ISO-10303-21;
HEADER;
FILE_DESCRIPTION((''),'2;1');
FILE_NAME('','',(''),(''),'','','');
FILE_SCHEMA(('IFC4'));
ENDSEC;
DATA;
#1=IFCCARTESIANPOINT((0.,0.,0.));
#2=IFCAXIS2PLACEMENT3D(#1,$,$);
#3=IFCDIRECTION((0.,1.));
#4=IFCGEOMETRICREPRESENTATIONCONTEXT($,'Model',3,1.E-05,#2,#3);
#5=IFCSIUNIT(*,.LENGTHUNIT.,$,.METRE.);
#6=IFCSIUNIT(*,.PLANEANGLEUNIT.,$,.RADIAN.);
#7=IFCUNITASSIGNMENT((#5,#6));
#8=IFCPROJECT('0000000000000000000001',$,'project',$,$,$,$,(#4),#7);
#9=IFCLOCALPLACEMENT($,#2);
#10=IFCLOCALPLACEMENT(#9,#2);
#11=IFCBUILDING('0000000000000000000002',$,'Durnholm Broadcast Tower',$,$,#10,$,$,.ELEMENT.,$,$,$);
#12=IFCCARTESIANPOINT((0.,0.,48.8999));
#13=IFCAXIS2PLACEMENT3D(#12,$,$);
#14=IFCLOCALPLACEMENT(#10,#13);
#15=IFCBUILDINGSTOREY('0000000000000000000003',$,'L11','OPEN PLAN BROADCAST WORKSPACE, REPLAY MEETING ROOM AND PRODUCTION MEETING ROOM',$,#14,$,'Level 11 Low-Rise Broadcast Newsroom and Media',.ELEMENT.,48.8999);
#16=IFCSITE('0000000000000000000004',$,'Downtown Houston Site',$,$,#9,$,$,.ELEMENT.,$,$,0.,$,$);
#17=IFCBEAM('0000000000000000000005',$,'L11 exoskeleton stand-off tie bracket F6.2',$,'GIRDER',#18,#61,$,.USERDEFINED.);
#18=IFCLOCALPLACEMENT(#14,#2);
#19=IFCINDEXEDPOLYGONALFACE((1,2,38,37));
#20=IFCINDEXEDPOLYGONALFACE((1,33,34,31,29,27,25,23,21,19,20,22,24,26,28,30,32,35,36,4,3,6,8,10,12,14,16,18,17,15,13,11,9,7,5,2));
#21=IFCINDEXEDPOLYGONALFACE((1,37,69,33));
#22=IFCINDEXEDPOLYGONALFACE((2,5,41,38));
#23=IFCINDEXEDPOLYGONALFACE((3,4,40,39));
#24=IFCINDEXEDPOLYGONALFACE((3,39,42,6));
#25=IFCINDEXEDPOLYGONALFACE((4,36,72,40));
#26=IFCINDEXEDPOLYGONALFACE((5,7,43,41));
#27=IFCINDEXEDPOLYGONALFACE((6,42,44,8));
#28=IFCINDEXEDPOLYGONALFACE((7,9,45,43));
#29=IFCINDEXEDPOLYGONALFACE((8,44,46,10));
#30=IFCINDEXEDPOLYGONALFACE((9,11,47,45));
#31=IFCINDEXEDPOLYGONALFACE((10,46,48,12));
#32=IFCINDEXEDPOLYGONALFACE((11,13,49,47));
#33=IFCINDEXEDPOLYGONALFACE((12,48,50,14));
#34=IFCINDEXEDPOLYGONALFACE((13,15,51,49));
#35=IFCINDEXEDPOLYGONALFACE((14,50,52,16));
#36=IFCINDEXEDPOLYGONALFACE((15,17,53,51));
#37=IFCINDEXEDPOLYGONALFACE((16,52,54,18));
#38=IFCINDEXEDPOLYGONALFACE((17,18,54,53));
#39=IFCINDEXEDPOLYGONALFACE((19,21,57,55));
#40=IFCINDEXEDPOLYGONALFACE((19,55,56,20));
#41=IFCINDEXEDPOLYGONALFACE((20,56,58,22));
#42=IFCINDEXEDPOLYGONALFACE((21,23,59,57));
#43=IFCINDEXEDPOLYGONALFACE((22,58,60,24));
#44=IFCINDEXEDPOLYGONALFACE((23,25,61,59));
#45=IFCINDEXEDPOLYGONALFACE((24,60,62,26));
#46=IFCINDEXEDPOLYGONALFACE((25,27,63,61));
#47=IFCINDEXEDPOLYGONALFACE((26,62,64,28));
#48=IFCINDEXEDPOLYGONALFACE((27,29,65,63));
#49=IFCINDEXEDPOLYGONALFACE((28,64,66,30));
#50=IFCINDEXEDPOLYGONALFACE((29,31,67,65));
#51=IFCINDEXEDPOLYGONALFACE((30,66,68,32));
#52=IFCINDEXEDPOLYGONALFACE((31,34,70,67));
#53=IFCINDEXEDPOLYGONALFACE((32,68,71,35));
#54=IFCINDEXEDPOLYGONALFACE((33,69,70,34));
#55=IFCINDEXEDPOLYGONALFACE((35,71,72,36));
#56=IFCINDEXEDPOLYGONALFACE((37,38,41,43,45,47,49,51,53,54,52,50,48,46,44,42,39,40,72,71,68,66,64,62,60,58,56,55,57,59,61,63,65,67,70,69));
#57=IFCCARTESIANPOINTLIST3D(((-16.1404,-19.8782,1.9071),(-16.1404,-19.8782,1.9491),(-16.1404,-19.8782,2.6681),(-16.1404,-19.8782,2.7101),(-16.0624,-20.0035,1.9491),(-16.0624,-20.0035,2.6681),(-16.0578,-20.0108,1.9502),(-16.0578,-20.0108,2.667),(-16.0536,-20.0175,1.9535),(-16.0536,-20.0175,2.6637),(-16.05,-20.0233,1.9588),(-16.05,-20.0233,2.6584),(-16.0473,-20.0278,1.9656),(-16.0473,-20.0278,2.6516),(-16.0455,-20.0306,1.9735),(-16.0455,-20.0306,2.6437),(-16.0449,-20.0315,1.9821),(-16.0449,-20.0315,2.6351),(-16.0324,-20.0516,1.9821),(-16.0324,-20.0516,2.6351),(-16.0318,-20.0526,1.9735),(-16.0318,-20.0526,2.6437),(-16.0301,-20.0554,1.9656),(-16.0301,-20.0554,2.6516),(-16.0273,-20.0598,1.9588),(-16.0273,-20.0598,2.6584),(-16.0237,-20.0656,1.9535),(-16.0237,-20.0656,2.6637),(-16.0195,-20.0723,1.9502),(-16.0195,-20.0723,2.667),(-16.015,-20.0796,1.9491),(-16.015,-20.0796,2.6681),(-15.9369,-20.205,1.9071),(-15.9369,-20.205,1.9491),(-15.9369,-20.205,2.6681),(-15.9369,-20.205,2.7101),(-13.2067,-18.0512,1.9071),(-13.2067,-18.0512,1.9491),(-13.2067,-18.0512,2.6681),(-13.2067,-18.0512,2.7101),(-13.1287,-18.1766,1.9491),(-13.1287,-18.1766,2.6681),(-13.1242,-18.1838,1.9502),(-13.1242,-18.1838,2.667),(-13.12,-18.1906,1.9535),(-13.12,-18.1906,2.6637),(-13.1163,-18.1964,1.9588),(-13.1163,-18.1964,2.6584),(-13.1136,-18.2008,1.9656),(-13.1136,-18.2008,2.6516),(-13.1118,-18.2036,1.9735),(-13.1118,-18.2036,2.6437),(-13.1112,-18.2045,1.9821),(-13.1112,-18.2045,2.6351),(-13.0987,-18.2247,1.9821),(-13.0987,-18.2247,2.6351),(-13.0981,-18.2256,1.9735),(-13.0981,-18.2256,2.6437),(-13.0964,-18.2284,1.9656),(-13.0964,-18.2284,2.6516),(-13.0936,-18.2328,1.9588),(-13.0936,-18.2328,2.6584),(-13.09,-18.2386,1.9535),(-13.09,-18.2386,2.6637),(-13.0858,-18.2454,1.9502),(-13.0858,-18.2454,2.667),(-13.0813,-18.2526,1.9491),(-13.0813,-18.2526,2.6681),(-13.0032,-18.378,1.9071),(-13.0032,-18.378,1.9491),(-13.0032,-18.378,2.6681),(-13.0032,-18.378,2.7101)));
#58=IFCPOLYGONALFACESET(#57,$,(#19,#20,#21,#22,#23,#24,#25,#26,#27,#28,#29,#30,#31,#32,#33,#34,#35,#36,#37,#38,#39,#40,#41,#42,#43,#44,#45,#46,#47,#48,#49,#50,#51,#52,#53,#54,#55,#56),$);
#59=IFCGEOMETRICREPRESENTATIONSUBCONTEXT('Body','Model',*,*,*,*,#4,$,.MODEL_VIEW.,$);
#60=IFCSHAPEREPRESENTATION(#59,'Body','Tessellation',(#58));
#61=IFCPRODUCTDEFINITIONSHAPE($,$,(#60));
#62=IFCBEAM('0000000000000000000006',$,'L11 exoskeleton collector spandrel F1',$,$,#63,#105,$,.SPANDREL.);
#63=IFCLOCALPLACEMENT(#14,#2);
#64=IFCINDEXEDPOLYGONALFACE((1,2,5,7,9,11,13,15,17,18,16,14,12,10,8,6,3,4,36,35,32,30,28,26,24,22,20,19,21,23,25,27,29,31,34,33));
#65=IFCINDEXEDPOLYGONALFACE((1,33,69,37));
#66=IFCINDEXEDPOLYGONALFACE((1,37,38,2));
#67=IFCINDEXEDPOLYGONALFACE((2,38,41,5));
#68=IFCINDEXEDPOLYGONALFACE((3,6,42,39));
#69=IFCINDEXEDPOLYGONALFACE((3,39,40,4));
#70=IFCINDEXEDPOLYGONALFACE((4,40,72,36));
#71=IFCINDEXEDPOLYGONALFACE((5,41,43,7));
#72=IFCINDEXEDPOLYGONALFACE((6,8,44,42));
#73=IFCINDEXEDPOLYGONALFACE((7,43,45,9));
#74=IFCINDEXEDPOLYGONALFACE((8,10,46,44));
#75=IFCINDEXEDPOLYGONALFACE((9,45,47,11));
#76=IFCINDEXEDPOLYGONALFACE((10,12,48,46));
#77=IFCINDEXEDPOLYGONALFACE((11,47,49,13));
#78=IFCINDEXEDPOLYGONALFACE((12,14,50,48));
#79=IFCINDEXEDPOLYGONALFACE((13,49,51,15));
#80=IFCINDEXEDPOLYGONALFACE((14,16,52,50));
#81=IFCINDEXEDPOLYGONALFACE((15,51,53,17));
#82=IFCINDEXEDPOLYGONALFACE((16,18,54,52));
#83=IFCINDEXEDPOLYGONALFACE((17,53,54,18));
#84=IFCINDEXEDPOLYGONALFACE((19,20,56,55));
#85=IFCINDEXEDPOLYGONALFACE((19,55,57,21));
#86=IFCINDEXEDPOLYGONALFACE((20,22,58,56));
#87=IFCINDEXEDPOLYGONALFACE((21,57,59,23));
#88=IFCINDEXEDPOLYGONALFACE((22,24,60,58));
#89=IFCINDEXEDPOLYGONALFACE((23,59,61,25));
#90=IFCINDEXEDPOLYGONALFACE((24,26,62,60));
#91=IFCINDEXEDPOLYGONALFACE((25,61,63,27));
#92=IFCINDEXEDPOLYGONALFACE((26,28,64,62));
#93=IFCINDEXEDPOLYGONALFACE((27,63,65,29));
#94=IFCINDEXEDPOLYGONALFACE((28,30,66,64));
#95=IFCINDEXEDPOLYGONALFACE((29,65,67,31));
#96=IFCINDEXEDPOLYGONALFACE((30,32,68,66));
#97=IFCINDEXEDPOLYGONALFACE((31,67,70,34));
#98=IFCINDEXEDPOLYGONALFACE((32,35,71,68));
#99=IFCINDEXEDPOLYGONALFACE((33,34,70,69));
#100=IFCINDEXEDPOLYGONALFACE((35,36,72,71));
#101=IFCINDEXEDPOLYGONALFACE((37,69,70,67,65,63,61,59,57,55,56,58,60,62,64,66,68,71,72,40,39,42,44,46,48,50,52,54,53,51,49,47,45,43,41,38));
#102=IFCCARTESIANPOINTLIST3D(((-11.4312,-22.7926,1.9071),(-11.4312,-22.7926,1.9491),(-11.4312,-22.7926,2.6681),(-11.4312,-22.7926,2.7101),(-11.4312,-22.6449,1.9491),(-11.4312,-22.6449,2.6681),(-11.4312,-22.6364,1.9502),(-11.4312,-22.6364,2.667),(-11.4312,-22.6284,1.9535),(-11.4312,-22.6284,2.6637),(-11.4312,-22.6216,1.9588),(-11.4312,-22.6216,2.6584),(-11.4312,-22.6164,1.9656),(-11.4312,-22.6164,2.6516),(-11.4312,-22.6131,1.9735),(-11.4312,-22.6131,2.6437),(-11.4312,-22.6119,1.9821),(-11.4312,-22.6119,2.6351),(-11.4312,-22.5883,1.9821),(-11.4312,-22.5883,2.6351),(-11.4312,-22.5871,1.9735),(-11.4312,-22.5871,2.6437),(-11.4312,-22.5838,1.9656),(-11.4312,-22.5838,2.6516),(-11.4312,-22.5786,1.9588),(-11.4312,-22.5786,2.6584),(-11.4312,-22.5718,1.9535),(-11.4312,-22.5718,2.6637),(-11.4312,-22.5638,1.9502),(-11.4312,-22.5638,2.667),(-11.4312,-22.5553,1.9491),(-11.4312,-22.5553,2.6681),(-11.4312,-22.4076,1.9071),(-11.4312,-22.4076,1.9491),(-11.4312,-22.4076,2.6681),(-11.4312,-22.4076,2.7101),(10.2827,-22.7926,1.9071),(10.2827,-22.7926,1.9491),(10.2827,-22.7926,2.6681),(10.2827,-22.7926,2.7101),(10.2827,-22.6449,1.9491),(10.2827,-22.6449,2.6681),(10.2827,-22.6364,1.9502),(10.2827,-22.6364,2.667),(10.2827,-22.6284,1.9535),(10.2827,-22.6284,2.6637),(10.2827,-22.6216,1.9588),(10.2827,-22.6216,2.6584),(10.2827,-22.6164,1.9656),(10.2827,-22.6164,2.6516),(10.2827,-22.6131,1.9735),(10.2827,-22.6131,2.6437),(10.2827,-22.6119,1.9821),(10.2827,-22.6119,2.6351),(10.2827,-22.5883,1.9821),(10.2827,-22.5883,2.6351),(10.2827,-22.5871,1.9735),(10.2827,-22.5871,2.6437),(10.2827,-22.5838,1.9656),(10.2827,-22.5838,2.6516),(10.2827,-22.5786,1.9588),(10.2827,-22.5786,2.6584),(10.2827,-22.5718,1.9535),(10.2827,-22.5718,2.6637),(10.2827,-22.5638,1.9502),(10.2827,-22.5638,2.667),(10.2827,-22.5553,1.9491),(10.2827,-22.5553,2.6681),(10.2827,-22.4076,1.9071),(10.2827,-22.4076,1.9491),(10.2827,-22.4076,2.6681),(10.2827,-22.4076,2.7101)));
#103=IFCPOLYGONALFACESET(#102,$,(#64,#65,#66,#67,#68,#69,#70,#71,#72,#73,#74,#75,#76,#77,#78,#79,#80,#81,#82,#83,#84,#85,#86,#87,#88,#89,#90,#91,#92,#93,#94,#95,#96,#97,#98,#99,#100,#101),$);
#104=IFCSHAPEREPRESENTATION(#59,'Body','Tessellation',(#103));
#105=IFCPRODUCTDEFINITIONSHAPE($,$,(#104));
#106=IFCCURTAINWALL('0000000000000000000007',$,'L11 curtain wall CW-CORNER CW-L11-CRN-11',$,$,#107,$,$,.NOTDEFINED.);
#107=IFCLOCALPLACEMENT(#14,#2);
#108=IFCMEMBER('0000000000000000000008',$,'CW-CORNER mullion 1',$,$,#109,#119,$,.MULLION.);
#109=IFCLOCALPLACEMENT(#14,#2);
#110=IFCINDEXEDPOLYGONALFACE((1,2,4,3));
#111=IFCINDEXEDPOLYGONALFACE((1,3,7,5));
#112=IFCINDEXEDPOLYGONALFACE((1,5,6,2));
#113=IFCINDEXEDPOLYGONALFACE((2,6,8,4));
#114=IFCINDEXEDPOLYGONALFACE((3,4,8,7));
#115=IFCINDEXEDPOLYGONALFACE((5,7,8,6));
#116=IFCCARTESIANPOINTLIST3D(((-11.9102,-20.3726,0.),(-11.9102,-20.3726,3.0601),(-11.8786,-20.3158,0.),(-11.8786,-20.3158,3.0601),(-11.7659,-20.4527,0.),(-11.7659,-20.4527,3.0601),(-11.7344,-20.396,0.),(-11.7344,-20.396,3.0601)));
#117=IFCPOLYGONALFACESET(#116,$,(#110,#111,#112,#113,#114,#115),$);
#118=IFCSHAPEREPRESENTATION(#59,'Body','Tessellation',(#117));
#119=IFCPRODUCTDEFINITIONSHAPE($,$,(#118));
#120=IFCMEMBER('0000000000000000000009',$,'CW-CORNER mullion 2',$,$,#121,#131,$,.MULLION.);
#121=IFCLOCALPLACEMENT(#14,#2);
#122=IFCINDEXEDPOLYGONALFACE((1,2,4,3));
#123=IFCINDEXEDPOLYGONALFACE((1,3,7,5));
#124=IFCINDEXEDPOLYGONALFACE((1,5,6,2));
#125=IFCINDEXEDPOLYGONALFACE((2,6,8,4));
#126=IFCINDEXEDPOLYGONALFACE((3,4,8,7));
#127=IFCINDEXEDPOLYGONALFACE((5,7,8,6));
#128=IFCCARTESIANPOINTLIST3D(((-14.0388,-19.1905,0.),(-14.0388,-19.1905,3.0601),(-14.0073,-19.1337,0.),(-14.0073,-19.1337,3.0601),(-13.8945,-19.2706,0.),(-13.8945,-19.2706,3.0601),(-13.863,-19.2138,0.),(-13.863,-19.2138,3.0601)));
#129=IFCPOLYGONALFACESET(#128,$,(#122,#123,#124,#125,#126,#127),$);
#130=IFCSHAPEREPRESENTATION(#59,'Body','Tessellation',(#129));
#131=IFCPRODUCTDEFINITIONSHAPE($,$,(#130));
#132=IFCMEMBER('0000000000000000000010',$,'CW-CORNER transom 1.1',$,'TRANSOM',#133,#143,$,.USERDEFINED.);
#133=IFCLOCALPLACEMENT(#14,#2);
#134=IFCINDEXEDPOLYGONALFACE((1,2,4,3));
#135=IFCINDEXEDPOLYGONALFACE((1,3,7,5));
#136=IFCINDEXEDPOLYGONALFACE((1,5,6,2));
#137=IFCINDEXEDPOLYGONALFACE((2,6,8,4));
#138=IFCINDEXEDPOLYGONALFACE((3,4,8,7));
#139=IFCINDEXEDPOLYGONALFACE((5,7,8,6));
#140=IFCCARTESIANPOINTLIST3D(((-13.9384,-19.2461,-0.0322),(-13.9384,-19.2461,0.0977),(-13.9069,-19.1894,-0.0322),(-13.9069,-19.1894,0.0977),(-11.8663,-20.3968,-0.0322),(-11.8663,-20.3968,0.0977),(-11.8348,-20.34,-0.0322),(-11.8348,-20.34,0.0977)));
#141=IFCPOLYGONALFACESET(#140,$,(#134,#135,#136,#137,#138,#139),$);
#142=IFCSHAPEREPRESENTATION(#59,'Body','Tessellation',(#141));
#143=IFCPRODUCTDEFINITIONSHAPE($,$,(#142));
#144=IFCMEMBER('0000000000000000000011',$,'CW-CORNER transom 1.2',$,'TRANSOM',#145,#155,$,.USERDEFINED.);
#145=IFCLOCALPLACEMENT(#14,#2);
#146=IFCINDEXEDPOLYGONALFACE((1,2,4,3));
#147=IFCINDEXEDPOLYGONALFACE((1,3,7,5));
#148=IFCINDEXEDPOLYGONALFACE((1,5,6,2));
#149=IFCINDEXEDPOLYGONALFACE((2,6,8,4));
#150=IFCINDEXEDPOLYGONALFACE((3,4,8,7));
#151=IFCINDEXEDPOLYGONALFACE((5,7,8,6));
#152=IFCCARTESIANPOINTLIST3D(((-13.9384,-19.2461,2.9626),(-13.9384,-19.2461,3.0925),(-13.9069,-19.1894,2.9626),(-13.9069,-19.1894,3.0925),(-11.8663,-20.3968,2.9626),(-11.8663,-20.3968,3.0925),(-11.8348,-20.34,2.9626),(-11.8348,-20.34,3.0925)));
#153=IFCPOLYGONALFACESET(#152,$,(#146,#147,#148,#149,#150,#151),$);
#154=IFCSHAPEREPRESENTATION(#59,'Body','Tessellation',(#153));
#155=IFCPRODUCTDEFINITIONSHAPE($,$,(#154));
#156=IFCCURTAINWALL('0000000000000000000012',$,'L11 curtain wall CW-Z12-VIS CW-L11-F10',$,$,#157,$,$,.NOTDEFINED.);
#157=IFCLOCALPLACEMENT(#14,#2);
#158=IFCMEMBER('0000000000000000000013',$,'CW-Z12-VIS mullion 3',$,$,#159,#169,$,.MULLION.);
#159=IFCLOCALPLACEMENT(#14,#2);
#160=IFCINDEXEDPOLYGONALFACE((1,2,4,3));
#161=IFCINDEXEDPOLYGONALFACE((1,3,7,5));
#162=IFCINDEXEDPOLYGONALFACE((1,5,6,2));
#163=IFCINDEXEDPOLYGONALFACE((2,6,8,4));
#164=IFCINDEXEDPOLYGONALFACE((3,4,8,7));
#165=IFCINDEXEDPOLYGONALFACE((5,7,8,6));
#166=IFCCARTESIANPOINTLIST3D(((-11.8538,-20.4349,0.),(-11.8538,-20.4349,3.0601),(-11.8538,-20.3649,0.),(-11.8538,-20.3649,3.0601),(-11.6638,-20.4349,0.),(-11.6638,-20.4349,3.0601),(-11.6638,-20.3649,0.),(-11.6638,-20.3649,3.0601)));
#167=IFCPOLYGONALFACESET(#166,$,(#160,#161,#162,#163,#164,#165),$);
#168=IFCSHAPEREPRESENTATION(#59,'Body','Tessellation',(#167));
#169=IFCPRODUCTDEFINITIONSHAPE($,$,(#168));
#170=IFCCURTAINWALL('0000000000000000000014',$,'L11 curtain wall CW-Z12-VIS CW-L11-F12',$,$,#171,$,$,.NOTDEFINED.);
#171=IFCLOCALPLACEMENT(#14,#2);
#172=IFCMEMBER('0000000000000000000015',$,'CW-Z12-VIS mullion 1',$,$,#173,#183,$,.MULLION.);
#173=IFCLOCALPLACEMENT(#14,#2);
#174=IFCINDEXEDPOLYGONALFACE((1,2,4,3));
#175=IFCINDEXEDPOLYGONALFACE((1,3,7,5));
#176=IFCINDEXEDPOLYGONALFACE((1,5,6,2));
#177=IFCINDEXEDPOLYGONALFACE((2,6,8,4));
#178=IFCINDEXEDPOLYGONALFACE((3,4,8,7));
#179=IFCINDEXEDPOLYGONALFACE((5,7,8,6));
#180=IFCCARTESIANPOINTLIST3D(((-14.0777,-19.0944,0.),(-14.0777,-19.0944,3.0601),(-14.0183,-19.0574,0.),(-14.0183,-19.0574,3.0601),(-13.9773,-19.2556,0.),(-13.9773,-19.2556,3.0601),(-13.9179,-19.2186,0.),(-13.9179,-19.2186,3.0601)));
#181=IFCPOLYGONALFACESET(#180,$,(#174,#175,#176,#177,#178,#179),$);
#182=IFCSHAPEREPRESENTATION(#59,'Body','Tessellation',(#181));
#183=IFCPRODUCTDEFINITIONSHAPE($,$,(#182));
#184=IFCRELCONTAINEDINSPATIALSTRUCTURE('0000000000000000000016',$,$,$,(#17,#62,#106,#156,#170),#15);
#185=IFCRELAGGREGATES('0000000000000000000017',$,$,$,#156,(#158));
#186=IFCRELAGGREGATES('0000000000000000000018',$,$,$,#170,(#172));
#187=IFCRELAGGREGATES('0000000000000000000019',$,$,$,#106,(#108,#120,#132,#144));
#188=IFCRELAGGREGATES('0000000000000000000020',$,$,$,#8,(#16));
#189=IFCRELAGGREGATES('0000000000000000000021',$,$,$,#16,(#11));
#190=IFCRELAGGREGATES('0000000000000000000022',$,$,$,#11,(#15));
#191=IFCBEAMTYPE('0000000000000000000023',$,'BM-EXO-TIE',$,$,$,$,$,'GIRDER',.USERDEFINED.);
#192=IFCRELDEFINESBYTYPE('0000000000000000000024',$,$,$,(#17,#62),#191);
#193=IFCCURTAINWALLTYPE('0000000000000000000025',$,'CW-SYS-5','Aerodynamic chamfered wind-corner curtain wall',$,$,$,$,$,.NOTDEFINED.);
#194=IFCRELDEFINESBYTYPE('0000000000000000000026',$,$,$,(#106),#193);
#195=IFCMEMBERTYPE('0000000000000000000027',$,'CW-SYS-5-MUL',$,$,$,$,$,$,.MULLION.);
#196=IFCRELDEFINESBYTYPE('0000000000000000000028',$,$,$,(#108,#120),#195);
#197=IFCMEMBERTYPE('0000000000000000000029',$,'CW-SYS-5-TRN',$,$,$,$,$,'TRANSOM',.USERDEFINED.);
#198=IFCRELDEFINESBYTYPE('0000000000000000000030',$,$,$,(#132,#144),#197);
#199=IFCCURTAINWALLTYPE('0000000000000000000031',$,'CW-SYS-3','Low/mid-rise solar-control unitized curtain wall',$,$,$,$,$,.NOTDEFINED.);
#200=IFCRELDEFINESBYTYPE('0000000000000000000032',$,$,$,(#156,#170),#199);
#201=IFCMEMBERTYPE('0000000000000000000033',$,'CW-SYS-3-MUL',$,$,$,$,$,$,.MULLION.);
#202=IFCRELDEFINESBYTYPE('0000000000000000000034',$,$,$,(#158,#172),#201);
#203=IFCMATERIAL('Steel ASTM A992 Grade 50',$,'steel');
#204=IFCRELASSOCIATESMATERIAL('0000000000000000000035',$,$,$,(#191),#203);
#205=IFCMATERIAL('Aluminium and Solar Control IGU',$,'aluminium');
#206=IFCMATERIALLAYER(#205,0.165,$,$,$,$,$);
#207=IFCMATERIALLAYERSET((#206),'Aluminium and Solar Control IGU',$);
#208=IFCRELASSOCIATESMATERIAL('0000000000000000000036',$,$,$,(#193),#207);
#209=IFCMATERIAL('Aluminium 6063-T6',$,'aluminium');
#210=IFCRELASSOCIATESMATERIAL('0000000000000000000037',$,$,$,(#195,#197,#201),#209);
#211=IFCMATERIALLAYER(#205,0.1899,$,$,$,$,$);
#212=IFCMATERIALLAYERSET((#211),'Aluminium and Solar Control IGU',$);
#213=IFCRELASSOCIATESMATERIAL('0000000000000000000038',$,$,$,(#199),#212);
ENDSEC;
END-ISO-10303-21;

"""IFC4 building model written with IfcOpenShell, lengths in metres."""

from ifc_helpers import new_model, si_unit, direction, frame, origin, origin_2d, place, context, subcontext, project, spatial, rectangle, i_section, extrude, source, transform, mapped, material, layer, layer_set, material_profile, profile_set, type_object, type_shapes, element, aggregate, save


model = new_model("IFC4")

# Units and contexts
model_context = context("Model", 3, precision=1e-05, world=origin(), true_north=direction((0.0, 1.0)))
body_context = subcontext(model_context, "Body", "Model", "MODEL_VIEW")
ifc_project = project(units=[si_unit("LENGTHUNIT", "METRE"), si_unit("PLANEANGLEUNIT", "RADIAN")], contexts=[model_context])

# Site, building, storey
site_placement = place(None, origin())
site = spatial("IfcSite", under=ifc_project, at=site_placement, Name="Downtown Houston Site", CompositionType="ELEMENT", RefElevation=0.0)
building_placement = place(site_placement, origin())
building = spatial("IfcBuilding", under=site, at=building_placement, Name="Durnholm Broadcast Tower", CompositionType="ELEMENT")
storey_placement = place(building_placement, frame((0.0, 0.0, 48.8999)))
storey = spatial("IfcBuildingStorey", under=building, at=storey_placement, Name="L11", Description="OPEN PLAN BROADCAST WORKSPACE, REPLAY MEETING ROOM AND PRODUCTION MEETING ROOM", LongName="Level 11 Low-Rise Broadcast Newsroom and Media", CompositionType="ELEMENT", Elevation=48.8999)

# Beams
ifc_material_1 = material(Name="Steel ASTM A992 Grade 50", Category="steel")
ifc_material_profile_1 = material_profile(ifc_material_1, i_section(OverallWidth=0.385, OverallDepth=0.803, WebThickness=0.0237, FlangeThickness=0.042, FilletRadius=0.033, at=origin_2d()), Name="W30X261")
ifc_profile_set_1 = profile_set([ifc_material_profile_1], Name="Steel ASTM A992 Grade 50")
beam_type_1 = type_object("IfcBeamType", Name="BM-EXO-TIE", ElementType="GIRDER", PredefinedType="USERDEFINED", material=ifc_profile_set_1)
shared_shape_1 = source(origin(), body_context, "Body", "SweptSolid", [
    extrude(i_section(OverallWidth=0.385, OverallDepth=0.803, WebThickness=0.0237, FlangeThickness=0.042, FilletRadius=0.033, at=origin_2d()), origin(), (0.0, 0.0, 1.0), 3.4561),
])
for number, where, z_axis, x_axis, name in (
    (1, (-13.105, -18.2146, 2.3086), (-0.848854, -0.528627, 0.0), (0.528627, -0.848854, 0.0), "L11 exoskeleton stand-off tie bracket F6.2"),
):
    element("IfcBeam", number, at=place(storey_placement, frame(where, z_axis=z_axis, x_axis=x_axis)), inside=storey, type_object=beam_type_1, Name=name, ObjectType="GIRDER", PredefinedType="USERDEFINED", context=body_context, shape_type="MappedRepresentation", body=[
        mapped(shared_shape_1, transform((0.0, 0.0, 0.0), x_axis=(1.0, 0.0, 0.0), y_axis=(0.0, 1.0, 0.0), z_axis=(0.0, 0.0, 1.0), scale=1.0)),
    ])
shared_shape_2 = source(origin(), body_context, "Body", "SweptSolid", [
    extrude(i_section(OverallWidth=0.385, OverallDepth=0.803, WebThickness=0.0237, FlangeThickness=0.042, FilletRadius=0.033, at=origin_2d()), origin(), (0.0, 0.0, 1.0), 21.7139),
])
type_shapes(beam_type_1, [shared_shape_1, shared_shape_2])
beam_1_placement = place(storey_placement, frame((-11.4312, -22.6001, 2.3086), z_axis=(1.0, 0.0, 0.0), x_axis=(0.0, 1.0, 0.0)))
element("IfcBeam", 2, at=beam_1_placement, inside=storey, type_object=beam_type_1, Name="L11 exoskeleton collector spandrel F1", PredefinedType="SPANDREL", context=body_context, shape_type="MappedRepresentation", body=[
    mapped(shared_shape_2, transform((0.0, 0.0, 0.0), x_axis=(1.0, 0.0, 0.0), y_axis=(0.0, 1.0, 0.0), z_axis=(0.0, 0.0, 1.0), scale=1.0)),
])

# Curtain wall, members
ifc_material_2 = material(Name="Aluminium and Solar Control IGU", Category="aluminium")
ifc_layer_1 = layer(ifc_material_2, 0.165)
ifc_layer_set_1 = layer_set([ifc_layer_1], Name="Aluminium and Solar Control IGU")
curtain_wall_type_1 = type_object("IfcCurtainWallType", Name="CW-SYS-5", Description="Aerodynamic chamfered wind-corner curtain wall", PredefinedType="NOTDEFINED", material=ifc_layer_set_1)
curtain_wall_1_placement = place(storey_placement, origin())
curtain_wall_1 = element("IfcCurtainWall", 3, at=curtain_wall_1_placement, inside=storey, type_object=curtain_wall_type_1, Name="L11 curtain wall CW-CORNER CW-L11-CRN-11", PredefinedType="NOTDEFINED")
ifc_material_3 = material(Name="Aluminium 6063-T6", Category="aluminium")
ifc_material_profile_2 = material_profile(ifc_material_3, rectangle(XDim=0.0649, YDim=0.165, at=origin_2d()), Name="CWM65X165")
ifc_profile_set_2 = profile_set([ifc_material_profile_2], Name="Aluminium 6063-T6")
member_type_1 = type_object("IfcMemberType", Name="CW-SYS-5-MUL", PredefinedType="MULLION", material=ifc_profile_set_2)
shared_shape_3 = source(origin(), body_context, "Body", "SweptSolid", [
    extrude(rectangle(XDim=0.0649, YDim=0.165, at=origin_2d()), origin(), (0.0, 0.0, 1.0), 3.0601),
])
type_shapes(member_type_1, [shared_shape_3])
member_1_placement = place(storey_placement, frame((-11.8223, -20.3843, 0.0), z_axis=(0.0, 0.0, 1.0), x_axis=(-0.485483, -0.874246, 0.0)))
member_1 = element("IfcMember", 4, at=member_1_placement, type_object=member_type_1, Name="CW-CORNER mullion 1", PredefinedType="MULLION", context=body_context, shape_type="MappedRepresentation", body=[
    mapped(shared_shape_3, transform((0.0, 0.0, 0.0), x_axis=(1.0, 0.0, 0.0), y_axis=(0.0, 1.0, 0.0), z_axis=(0.0, 0.0, 1.0), scale=1.0)),
])
member_2_placement = place(storey_placement, frame((-13.9509, -19.2021, 0.0), z_axis=(0.0, 0.0, 1.0), x_axis=(-0.485483, -0.874246, 0.0)))
member_2 = element("IfcMember", 5, at=member_2_placement, type_object=member_type_1, Name="CW-CORNER mullion 2", PredefinedType="MULLION", context=body_context, shape_type="MappedRepresentation", body=[
    mapped(shared_shape_3, transform((0.0, 0.0, 0.0), x_axis=(1.0, 0.0, 0.0), y_axis=(0.0, 1.0, 0.0), z_axis=(0.0, 0.0, 1.0), scale=1.0)),
])
ifc_material_profile_3 = material_profile(ifc_material_3, rectangle(XDim=0.0649, YDim=0.1299, at=origin_2d()), Name="CWT65X130")
ifc_profile_set_3 = profile_set([ifc_material_profile_3], Name="Aluminium 6063-T6")
member_type_2 = type_object("IfcMemberType", Name="CW-SYS-5-TRN", ElementType="TRANSOM", PredefinedType="USERDEFINED", material=ifc_profile_set_3)
shared_shape_4 = source(origin(), body_context, "Body", "SweptSolid", [
    extrude(rectangle(XDim=0.0649, YDim=0.1299, at=origin_2d()), origin(), (0.0, 0.0, 1.0), 2.3701),
])
type_shapes(member_type_2, [shared_shape_4])
member_3_placement = place(storey_placement, frame((-11.8506, -20.3684, 0.0327), z_axis=(-0.874245, 0.485485, 0.0), x_axis=(-0.485485, -0.874245, 0.0)))
member_3 = element("IfcMember", 6, at=member_3_placement, type_object=member_type_2, Name="CW-CORNER transom 1.1", ObjectType="TRANSOM", PredefinedType="USERDEFINED", context=body_context, shape_type="MappedRepresentation", body=[
    mapped(shared_shape_4, transform((0.0, 0.0, 0.0), x_axis=(1.0, 0.0, 0.0), y_axis=(0.0, 1.0, 0.0), z_axis=(0.0, 0.0, 1.0), scale=1.0)),
])
member_4_placement = place(storey_placement, frame((-11.8506, -20.3684, 3.0276), z_axis=(-0.874245, 0.485485, 0.0), x_axis=(-0.485485, -0.874245, 0.0)))
member_4 = element("IfcMember", 7, at=member_4_placement, type_object=member_type_2, Name="CW-CORNER transom 1.2", ObjectType="TRANSOM", PredefinedType="USERDEFINED", context=body_context, shape_type="MappedRepresentation", body=[
    mapped(shared_shape_4, transform((0.0, 0.0, 0.0), x_axis=(1.0, 0.0, 0.0), y_axis=(0.0, 1.0, 0.0), z_axis=(0.0, 0.0, 1.0), scale=1.0)),
])

# Curtain wall, member
ifc_layer_2 = layer(ifc_material_2, 0.1899)
ifc_layer_set_2 = layer_set([ifc_layer_2], Name="Aluminium and Solar Control IGU")
curtain_wall_type_2 = type_object("IfcCurtainWallType", Name="CW-SYS-3", Description="Low/mid-rise solar-control unitized curtain wall", PredefinedType="NOTDEFINED", material=ifc_layer_set_2)
curtain_wall_2_placement = place(storey_placement, origin())
curtain_wall_2 = element("IfcCurtainWall", 8, at=curtain_wall_2_placement, inside=storey, type_object=curtain_wall_type_2, Name="L11 curtain wall CW-Z12-VIS CW-L11-F10", PredefinedType="NOTDEFINED")
ifc_material_profile_4 = material_profile(ifc_material_3, rectangle(XDim=0.0701, YDim=0.1899, at=origin_2d()), Name="CWM70X190")
ifc_profile_set_4 = profile_set([ifc_material_profile_4], Name="Aluminium 6063-T6")
member_type_3 = type_object("IfcMemberType", Name="CW-SYS-3-MUL", PredefinedType="MULLION", material=ifc_profile_set_4)
shared_shape_5 = source(origin(), body_context, "Body", "SweptSolid", [
    extrude(rectangle(XDim=0.0701, YDim=0.1899, at=origin_2d()), origin(), (0.0, 0.0, 1.0), 3.0601),
])
type_shapes(member_type_3, [shared_shape_5])
member_5_placement = place(storey_placement, frame((-11.7588, -20.3999, 0.0), z_axis=(0.0, 0.0, 1.0), x_axis=(0.0, -1.0, 0.0)))
member_5 = element("IfcMember", 9, at=member_5_placement, type_object=member_type_3, Name="CW-Z12-VIS mullion 3", PredefinedType="MULLION", context=body_context, shape_type="MappedRepresentation", body=[
    mapped(shared_shape_5, transform((0.0, 0.0, 0.0), x_axis=(1.0, 0.0, 0.0), y_axis=(0.0, 1.0, 0.0), z_axis=(0.0, 0.0, 1.0), scale=1.0)),
])
aggregate(curtain_wall_2, [member_5])

# Curtain wall, member
curtain_wall_3_placement = place(storey_placement, origin())
curtain_wall_3 = element("IfcCurtainWall", 10, at=curtain_wall_3_placement, inside=storey, type_object=curtain_wall_type_2, Name="L11 curtain wall CW-Z12-VIS CW-L11-F12", PredefinedType="NOTDEFINED")
member_6_placement = place(storey_placement, frame((-13.9978, -19.1565, 0.0), z_axis=(0.0, 0.0, 1.0), x_axis=(-0.848876, -0.528592, 0.0)))
member_6 = element("IfcMember", 11, at=member_6_placement, type_object=member_type_3, Name="CW-Z12-VIS mullion 1", PredefinedType="MULLION", context=body_context, shape_type="MappedRepresentation", body=[
    mapped(shared_shape_5, transform((0.0, 0.0, 0.0), x_axis=(1.0, 0.0, 0.0), y_axis=(0.0, 1.0, 0.0), z_axis=(0.0, 0.0, 1.0), scale=1.0)),
])
aggregate(curtain_wall_3, [member_6])

aggregate(curtain_wall_1, [member_1, member_2, member_3, member_4])

save(model, "model.ifc")
